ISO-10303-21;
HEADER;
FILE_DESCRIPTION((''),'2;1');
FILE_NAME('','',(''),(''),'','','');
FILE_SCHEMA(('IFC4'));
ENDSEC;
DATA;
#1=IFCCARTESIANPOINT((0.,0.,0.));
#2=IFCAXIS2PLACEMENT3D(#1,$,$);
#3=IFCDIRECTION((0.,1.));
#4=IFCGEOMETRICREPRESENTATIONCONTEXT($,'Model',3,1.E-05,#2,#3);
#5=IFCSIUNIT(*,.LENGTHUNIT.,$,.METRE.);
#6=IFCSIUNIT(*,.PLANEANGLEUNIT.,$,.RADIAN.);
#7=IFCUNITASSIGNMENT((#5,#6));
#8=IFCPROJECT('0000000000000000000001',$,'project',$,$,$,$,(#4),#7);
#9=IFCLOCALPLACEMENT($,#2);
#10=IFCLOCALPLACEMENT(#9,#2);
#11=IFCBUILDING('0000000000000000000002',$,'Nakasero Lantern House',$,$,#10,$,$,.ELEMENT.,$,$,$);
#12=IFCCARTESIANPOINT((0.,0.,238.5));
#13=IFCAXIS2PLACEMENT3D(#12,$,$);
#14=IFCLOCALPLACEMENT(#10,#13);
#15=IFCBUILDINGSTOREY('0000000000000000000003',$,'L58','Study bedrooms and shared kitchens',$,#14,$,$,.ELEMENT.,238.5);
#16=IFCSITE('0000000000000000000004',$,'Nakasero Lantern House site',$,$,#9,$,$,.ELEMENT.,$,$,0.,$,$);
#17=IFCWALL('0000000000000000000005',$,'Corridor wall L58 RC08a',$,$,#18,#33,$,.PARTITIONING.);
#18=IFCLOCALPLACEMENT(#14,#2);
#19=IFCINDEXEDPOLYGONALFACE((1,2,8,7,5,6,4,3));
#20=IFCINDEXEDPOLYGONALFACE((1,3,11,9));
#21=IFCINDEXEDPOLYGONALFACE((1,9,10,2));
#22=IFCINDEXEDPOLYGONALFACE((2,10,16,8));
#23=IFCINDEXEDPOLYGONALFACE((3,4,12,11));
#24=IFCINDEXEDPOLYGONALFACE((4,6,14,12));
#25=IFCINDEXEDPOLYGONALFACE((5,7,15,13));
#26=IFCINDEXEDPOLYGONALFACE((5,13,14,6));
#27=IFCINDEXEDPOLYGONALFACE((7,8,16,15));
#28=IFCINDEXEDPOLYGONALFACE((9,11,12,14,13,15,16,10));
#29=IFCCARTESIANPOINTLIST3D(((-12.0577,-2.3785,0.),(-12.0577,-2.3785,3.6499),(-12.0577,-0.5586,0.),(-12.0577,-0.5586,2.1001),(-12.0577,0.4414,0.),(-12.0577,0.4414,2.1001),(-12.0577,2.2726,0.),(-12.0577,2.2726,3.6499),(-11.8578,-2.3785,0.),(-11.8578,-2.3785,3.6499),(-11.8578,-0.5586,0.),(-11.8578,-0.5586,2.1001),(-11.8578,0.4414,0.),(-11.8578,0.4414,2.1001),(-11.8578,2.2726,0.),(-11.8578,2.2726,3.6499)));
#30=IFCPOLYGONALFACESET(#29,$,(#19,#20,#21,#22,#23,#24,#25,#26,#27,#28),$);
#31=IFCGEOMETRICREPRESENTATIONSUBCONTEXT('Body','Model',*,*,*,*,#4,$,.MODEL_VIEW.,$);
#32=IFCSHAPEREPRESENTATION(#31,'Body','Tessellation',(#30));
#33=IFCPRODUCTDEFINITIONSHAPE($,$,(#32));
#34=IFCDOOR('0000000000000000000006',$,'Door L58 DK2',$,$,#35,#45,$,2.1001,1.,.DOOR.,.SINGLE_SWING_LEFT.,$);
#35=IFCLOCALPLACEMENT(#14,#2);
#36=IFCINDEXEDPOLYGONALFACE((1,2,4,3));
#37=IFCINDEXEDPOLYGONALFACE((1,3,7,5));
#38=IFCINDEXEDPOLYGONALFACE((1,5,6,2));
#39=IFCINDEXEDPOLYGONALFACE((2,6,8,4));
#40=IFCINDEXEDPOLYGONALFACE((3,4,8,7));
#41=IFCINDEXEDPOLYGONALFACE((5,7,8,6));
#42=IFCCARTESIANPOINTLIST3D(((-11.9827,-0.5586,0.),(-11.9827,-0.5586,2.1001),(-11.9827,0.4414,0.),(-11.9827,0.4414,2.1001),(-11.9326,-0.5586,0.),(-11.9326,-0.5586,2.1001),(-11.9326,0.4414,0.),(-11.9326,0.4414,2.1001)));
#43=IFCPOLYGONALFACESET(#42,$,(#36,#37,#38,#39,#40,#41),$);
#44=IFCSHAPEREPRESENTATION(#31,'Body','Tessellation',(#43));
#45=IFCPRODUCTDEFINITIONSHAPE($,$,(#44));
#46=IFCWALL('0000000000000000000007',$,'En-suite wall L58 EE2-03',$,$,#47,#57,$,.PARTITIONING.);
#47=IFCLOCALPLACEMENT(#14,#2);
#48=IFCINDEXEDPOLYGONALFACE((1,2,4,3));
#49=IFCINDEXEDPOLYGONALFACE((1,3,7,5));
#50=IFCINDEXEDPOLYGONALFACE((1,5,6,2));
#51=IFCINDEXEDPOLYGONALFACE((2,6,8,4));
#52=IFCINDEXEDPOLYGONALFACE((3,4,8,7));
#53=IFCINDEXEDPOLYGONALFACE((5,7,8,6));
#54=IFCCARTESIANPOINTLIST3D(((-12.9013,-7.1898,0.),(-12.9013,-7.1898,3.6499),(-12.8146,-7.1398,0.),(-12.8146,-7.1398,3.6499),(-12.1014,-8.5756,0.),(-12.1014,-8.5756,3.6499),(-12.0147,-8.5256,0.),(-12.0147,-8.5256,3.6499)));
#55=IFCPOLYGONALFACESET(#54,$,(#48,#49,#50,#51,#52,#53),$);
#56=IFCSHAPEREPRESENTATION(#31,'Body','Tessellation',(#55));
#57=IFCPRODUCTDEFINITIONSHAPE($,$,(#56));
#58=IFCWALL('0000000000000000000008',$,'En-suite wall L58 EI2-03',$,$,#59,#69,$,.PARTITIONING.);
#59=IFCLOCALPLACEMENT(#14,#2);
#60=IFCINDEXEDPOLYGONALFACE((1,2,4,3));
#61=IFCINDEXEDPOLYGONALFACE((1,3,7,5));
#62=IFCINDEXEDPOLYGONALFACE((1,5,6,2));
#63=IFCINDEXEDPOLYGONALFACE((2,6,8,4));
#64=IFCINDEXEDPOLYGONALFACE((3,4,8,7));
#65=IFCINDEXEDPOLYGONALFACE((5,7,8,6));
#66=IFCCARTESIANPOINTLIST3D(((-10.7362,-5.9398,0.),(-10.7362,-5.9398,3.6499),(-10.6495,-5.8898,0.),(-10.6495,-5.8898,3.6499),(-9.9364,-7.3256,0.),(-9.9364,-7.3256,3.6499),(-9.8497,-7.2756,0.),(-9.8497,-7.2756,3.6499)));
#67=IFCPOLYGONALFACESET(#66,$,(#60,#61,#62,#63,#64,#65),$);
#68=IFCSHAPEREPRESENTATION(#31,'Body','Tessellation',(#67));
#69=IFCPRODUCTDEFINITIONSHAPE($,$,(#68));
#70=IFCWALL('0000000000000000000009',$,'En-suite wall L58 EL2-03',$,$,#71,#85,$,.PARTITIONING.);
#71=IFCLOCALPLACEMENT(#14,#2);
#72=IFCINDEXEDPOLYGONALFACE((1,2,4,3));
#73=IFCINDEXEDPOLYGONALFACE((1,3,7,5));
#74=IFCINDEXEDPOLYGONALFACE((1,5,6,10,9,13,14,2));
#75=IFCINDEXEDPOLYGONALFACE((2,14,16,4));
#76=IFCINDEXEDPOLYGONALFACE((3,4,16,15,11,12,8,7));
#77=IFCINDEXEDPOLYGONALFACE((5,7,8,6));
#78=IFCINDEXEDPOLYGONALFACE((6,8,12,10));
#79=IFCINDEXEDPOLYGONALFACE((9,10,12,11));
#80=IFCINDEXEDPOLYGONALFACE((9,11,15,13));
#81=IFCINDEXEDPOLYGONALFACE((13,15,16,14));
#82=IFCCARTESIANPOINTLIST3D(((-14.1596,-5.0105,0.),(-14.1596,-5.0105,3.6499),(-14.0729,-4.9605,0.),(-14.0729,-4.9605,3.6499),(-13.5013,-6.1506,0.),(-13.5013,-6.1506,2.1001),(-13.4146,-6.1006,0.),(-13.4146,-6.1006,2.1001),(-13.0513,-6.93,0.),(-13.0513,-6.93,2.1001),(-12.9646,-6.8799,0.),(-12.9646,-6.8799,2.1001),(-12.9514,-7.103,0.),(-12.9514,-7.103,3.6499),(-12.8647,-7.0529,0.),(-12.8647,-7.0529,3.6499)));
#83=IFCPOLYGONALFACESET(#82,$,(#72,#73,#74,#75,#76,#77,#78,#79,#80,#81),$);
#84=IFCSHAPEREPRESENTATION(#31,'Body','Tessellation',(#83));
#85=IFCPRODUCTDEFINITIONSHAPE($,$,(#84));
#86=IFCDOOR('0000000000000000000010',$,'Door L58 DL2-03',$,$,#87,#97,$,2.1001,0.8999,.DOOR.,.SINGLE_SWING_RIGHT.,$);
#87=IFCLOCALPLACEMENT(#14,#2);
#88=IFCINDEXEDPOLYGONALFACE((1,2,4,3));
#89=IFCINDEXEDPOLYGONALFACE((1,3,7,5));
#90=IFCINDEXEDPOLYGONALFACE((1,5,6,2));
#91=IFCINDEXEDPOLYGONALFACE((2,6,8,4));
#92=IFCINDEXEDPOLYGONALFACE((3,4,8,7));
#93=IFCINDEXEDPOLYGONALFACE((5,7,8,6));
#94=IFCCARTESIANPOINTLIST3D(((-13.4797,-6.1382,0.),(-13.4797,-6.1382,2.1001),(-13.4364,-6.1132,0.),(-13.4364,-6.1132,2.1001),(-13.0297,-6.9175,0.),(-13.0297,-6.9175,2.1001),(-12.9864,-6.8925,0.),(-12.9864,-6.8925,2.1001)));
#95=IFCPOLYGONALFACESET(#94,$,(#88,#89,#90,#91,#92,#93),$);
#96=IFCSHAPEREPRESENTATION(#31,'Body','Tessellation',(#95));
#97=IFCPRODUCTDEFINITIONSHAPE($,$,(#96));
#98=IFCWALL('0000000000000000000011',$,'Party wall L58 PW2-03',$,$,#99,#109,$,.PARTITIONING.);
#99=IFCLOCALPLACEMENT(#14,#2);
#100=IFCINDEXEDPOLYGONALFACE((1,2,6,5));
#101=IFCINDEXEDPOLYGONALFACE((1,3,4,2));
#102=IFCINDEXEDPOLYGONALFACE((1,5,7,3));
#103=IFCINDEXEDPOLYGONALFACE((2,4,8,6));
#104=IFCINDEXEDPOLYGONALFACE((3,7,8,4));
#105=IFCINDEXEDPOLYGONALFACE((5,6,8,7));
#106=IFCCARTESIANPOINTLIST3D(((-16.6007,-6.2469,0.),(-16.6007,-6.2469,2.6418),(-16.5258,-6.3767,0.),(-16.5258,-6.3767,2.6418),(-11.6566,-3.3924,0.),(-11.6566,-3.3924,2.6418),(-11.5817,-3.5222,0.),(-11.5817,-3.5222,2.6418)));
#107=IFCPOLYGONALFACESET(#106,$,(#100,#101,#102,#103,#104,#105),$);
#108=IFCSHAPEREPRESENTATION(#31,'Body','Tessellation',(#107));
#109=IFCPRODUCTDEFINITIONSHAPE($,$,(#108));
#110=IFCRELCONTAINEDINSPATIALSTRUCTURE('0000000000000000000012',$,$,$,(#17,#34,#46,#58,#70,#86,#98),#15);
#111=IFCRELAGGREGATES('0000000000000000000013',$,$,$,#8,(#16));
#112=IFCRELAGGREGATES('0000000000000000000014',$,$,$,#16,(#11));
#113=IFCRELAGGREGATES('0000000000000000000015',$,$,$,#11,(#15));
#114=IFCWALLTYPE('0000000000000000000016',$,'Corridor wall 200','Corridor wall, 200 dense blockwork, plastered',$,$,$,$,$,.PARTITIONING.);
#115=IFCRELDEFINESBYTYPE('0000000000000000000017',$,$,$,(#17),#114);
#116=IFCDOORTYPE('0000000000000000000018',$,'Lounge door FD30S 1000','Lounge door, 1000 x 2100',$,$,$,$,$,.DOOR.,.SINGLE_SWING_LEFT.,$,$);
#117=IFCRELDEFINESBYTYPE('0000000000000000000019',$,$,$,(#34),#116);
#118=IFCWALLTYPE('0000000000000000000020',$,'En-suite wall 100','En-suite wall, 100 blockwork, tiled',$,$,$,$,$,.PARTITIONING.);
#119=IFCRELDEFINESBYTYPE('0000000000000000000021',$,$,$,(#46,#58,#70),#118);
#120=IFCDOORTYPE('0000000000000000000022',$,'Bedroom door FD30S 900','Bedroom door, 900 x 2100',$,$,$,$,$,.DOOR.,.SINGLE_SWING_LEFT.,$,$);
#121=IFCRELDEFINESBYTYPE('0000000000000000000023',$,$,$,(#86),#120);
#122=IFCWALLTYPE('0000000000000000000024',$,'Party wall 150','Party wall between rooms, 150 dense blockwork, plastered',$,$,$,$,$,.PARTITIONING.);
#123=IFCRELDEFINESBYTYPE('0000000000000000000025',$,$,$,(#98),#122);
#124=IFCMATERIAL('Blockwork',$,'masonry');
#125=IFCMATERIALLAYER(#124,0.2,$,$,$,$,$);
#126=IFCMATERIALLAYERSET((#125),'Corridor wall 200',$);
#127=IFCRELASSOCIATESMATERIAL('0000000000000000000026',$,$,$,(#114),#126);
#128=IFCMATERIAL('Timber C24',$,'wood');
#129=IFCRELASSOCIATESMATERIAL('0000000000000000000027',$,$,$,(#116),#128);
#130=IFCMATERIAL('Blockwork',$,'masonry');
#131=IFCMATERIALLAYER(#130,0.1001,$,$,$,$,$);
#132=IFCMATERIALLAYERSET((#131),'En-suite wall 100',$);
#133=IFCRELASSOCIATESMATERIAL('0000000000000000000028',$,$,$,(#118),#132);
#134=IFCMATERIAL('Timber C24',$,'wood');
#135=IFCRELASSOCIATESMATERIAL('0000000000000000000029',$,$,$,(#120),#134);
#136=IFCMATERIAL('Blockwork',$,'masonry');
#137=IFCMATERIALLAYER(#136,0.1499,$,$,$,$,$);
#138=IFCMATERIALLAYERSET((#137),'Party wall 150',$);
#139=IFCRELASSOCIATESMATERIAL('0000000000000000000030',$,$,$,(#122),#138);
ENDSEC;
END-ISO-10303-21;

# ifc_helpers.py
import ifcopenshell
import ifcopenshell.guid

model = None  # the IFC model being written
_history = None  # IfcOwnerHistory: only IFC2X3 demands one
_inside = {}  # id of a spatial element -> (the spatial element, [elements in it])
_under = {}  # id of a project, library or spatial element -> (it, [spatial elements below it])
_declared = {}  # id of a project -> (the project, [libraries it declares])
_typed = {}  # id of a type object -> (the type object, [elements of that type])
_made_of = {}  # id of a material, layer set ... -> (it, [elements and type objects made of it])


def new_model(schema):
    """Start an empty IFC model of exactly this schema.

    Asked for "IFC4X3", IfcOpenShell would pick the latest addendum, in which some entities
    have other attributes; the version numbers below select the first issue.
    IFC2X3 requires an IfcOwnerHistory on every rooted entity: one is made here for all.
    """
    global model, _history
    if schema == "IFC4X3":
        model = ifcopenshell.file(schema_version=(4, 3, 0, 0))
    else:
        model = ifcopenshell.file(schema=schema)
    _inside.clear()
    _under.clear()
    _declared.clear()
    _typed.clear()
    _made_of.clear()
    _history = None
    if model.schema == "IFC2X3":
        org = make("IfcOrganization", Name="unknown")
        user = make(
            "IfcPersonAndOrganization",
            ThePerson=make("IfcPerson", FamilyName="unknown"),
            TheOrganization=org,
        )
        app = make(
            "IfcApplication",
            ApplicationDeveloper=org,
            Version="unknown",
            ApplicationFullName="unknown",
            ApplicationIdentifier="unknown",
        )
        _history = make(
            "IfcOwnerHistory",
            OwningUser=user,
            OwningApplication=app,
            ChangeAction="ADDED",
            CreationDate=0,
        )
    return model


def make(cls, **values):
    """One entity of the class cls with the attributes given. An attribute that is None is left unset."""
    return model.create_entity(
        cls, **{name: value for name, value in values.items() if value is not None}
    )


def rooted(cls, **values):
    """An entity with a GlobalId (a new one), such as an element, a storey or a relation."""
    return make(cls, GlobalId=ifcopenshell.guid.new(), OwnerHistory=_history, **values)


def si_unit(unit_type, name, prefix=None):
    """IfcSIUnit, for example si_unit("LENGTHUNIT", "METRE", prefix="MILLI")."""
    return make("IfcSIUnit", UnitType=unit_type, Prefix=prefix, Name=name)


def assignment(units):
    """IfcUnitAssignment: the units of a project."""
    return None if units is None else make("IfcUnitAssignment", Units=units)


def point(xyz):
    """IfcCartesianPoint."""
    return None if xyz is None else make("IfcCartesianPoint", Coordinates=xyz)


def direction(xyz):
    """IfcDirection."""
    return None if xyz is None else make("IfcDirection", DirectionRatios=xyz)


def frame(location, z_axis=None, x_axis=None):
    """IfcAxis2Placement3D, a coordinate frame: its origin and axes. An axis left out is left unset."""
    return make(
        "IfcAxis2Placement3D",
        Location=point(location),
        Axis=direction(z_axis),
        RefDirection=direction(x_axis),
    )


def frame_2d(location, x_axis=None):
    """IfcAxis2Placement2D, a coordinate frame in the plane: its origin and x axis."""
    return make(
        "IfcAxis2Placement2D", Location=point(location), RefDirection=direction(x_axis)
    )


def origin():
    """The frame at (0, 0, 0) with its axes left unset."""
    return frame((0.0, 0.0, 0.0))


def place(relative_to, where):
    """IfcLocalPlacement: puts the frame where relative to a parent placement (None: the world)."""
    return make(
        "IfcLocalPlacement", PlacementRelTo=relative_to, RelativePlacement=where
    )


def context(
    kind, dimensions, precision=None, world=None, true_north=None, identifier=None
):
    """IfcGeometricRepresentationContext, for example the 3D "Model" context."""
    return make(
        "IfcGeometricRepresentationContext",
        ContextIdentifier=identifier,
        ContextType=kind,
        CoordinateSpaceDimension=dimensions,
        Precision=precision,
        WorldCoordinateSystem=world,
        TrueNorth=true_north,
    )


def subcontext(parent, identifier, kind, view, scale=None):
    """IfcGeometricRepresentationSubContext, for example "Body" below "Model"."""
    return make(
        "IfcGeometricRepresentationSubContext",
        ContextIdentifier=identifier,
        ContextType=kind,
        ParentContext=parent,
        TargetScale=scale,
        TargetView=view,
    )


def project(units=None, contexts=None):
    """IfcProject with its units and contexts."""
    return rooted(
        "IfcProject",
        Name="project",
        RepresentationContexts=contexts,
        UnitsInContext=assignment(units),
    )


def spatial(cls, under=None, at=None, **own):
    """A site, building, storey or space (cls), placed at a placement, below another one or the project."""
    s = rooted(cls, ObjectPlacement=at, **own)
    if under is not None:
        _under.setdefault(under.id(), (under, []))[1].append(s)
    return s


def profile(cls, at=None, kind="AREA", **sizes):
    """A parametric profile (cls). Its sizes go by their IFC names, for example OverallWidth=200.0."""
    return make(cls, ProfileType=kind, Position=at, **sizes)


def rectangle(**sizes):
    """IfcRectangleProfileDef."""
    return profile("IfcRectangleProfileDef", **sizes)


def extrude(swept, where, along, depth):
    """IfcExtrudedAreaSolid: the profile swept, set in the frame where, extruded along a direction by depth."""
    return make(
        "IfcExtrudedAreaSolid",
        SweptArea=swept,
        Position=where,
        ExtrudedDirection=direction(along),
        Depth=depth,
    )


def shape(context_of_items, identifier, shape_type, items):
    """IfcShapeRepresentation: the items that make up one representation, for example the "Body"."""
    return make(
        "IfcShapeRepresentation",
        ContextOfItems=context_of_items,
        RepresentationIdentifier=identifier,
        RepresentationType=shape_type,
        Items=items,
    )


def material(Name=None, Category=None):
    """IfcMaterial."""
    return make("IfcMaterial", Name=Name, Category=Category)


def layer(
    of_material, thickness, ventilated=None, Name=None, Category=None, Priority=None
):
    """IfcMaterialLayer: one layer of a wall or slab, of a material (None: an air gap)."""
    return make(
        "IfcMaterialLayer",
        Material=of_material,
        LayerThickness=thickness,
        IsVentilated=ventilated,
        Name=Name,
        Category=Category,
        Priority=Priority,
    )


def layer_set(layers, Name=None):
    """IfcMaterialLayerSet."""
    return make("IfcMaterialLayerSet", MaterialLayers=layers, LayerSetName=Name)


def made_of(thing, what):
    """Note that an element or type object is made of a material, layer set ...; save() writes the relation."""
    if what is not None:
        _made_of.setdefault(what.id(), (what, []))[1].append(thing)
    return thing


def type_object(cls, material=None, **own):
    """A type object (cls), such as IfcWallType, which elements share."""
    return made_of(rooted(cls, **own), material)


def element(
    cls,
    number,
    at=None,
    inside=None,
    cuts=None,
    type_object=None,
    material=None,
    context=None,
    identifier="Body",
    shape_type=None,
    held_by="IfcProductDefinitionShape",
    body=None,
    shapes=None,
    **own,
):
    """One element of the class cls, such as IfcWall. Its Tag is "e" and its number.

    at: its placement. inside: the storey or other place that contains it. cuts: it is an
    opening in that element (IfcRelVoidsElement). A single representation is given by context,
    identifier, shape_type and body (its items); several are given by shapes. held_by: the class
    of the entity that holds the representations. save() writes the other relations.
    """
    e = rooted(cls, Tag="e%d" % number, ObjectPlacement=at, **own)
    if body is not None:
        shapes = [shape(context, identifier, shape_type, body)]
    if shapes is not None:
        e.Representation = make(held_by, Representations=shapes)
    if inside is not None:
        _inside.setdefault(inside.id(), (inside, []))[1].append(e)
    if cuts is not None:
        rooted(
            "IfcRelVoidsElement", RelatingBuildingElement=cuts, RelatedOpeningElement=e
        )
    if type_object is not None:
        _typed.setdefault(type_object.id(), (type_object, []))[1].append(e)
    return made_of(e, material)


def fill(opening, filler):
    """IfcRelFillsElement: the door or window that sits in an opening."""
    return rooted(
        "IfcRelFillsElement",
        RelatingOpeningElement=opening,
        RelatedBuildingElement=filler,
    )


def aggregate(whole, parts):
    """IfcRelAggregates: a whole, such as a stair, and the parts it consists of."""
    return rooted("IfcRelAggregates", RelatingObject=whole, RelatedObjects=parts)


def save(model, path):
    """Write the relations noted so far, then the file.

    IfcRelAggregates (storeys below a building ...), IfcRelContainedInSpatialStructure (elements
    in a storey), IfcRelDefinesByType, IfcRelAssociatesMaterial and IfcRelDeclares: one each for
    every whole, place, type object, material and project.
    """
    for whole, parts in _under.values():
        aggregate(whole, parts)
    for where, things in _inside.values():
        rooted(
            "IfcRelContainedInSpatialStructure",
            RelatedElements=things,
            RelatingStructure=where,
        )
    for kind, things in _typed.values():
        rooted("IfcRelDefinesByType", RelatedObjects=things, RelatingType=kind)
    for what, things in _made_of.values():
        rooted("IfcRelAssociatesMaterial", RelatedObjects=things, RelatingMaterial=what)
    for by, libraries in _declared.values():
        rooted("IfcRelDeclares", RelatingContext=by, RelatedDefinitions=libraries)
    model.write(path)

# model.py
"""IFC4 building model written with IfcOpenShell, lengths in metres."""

from ifc_helpers import new_model, si_unit, direction, frame, frame_2d, origin, place, context, subcontext, project, spatial, rectangle, extrude, material, layer, layer_set, type_object, element, fill, save


model = new_model("IFC4")

# Units and contexts
model_context = context("Model", 3, precision=1e-05, world=origin(), true_north=direction((0.0, 1.0)))
body_context = subcontext(model_context, "Body", "Model", "MODEL_VIEW")
ifc_project = project(units=[si_unit("LENGTHUNIT", "METRE"), si_unit("PLANEANGLEUNIT", "RADIAN")], contexts=[model_context])

# Site, building, storey
site_placement = place(None, origin())
site = spatial("IfcSite", under=ifc_project, at=site_placement, Name="Nakasero Lantern House site", CompositionType="ELEMENT", RefElevation=0.0)
building_placement = place(site_placement, origin())
building = spatial("IfcBuilding", under=site, at=building_placement, Name="Nakasero Lantern House", CompositionType="ELEMENT")
storey_placement = place(building_placement, frame((0.0, 0.0, 238.5)))
storey = spatial("IfcBuildingStorey", under=building, at=storey_placement, Name="L58", Description="Study bedrooms and shared kitchens", CompositionType="ELEMENT", Elevation=238.5)

# Wall, opening, door
ifc_material_1 = material(Name="Blockwork", Category="masonry")
ifc_layer_1 = layer(ifc_material_1, 0.2)
ifc_layer_set_1 = layer_set([ifc_layer_1], Name="Corridor wall 200")
wall_type_1 = type_object("IfcWallType", Name="Corridor wall 200", Description="Corridor wall, 200 dense blockwork, plastered", PredefinedType="PARTITIONING", material=ifc_layer_set_1)
wall_1_placement = place(storey_placement, frame((-11.9578, -2.3787, 0.0), z_axis=(0.0, 0.0, 1.0), x_axis=(0.0, 1.0, 0.0)))
wall_1 = element("IfcWall", 1, at=wall_1_placement, inside=storey, type_object=wall_type_1, Name="Corridor wall L58 RC08a", PredefinedType="PARTITIONING", context=body_context, shape_type="SweptSolid", body=[
    extrude(rectangle(XDim=4.6511, YDim=0.2, at=frame_2d((2.3257, 0.0))), origin(), (0.0, 0.0, 1.0), 3.6499),
])
opening_1_placement = place(wall_1_placement, frame((1.8201, 0.0, 0.0)))
opening_1 = element("IfcOpeningElement", 2, at=opening_1_placement, cuts=wall_1, PredefinedType="OPENING", context=body_context, shape_type="SweptSolid", body=[
    extrude(rectangle(XDim=1.0, YDim=2.1001, at=frame_2d((0.5, 1.05))), frame((0.0, 0.1199, 0.0), z_axis=(0.0, -1.0, 0.0), x_axis=(1.0, 0.0, 0.0)), (0.0, 0.0, 1.0), 0.24),
])
ifc_material_2 = material(Name="Timber C24", Category="wood")
door_type_1 = type_object("IfcDoorType", Name="Lounge door FD30S 1000", Description="Lounge door, 1000 x 2100", OperationType="SINGLE_SWING_LEFT", PredefinedType="DOOR", material=ifc_material_2)
door_1_placement = place(opening_1_placement, origin())
door_1 = element("IfcDoor", 3, at=door_1_placement, inside=storey, type_object=door_type_1, Name="Door L58 DK2", OperationType="SINGLE_SWING_LEFT", OverallHeight=2.1001, OverallWidth=1.0, PredefinedType="DOOR", context=body_context, shape_type="SweptSolid", body=[
    extrude(rectangle(XDim=1.0, YDim=2.1001, at=frame_2d((0.5, 1.05))), frame((0.0, 0.0249, 0.0), z_axis=(0.0, -1.0, 0.0), x_axis=(1.0, 0.0, 0.0)), (0.0, 0.0, 1.0), 0.05),
])
fill(opening_1, door_1)

# Walls
ifc_material_3 = material(Name="Blockwork", Category="masonry")
ifc_layer_2 = layer(ifc_material_3, 0.1001)
ifc_layer_set_2 = layer_set([ifc_layer_2], Name="En-suite wall 100")
wall_type_2 = type_object("IfcWallType", Name="En-suite wall 100", Description="En-suite wall, 100 blockwork, tiled", PredefinedType="PARTITIONING", material=ifc_layer_set_2)
for number, where, z_axis, x_axis, name in (
    (4, (-12.8579, -7.1648, 0.0), (0.0, 0.0, 1.0), (0.499881, -0.866094, 0.0), "En-suite wall L58 EE2-03"),
    (5, (-10.6929, -5.9148, 0.0), (0.0, 0.0, 1.0), (0.499881, -0.866094, 0.0), "En-suite wall L58 EI2-03"),
):
    element("IfcWall", number, at=place(storey_placement, frame(where, z_axis=z_axis, x_axis=x_axis)), inside=storey, type_object=wall_type_2, Name=name, PredefinedType="PARTITIONING", context=body_context, shape_type="SweptSolid", body=[
        extrude(rectangle(XDim=1.6001, YDim=0.1001, at=frame_2d((0.8, 0.0))), origin(), (0.0, 0.0, 1.0), 3.6499),
    ])

# Wall, opening, door
wall_2_placement = place(storey_placement, frame((-14.1162, -4.9856, 0.0), z_axis=(0.0, 0.0, 1.0), x_axis=(0.50004, -0.866002, 0.0)))
wall_2 = element("IfcWall", 6, at=wall_2_placement, inside=storey, type_object=wall_type_2, Name="En-suite wall L58 EL2-03", PredefinedType="PARTITIONING", context=body_context, shape_type="SweptSolid", body=[
    extrude(rectangle(XDim=2.4163, YDim=0.1001, at=frame_2d((1.208, 0.0))), origin(), (0.0, 0.0, 1.0), 3.6499),
])
opening_2_placement = place(wall_2_placement, frame((1.3164, 0.0, 0.0)))
opening_2 = element("IfcOpeningElement", 7, at=opening_2_placement, cuts=wall_2, PredefinedType="OPENING", context=body_context, shape_type="SweptSolid", body=[
    extrude(rectangle(XDim=0.8999, YDim=2.1001, at=frame_2d((0.45, 1.05))), frame((0.0, 0.0701, 0.0), z_axis=(0.0, -1.0, 0.0), x_axis=(1.0, 0.0, 0.0)), (0.0, 0.0, 1.0), 0.1401),
])
ifc_material_4 = material(Name="Timber C24", Category="wood")
door_type_2 = type_object("IfcDoorType", Name="Bedroom door FD30S 900", Description="Bedroom door, 900 x 2100", OperationType="SINGLE_SWING_LEFT", PredefinedType="DOOR", material=ifc_material_4)
door_2_placement = place(opening_2_placement, origin())
door_2 = element("IfcDoor", 8, at=door_2_placement, inside=storey, type_object=door_type_2, Name="Door L58 DL2-03", OperationType="SINGLE_SWING_RIGHT", OverallHeight=2.1001, OverallWidth=0.8999, PredefinedType="DOOR", context=body_context, shape_type="SweptSolid", body=[
    extrude(rectangle(XDim=0.8999, YDim=2.1001, at=frame_2d((0.45, 1.05))), frame((0.0, 0.0249, 0.0), z_axis=(0.0, -1.0, 0.0), x_axis=(1.0, 0.0, 0.0)), (0.0, 0.0, 1.0), 0.05),
])
fill(opening_2, door_2)

# Wall
ifc_material_5 = material(Name="Blockwork", Category="masonry")
ifc_layer_3 = layer(ifc_material_5, 0.1499)
ifc_layer_set_3 = layer_set([ifc_layer_3], Name="Party wall 150")
wall_type_3 = type_object("IfcWallType", Name="Party wall 150", Description="Party wall between rooms, 150 dense blockwork, plastered", PredefinedType="PARTITIONING", material=ifc_layer_set_3)
wall_3_placement = place(storey_placement, frame((-11.6191, -3.4573, 0.0), z_axis=(0.0, 0.0, 1.0), x_axis=(-0.866024, -0.500003, 0.0)))
element("IfcWall", 9, at=wall_3_placement, inside=storey, type_object=wall_type_3, Name="Party wall L58 PW2-03", PredefinedType="PARTITIONING", context=body_context, shape_type="SweptSolid", body=[
    extrude(rectangle(XDim=5.709, YDim=0.1499, at=frame_2d((2.8545, 0.0))), origin(), (0.0, 0.0, 1.0), 2.6418),
])

save(model, "model.ifc")
